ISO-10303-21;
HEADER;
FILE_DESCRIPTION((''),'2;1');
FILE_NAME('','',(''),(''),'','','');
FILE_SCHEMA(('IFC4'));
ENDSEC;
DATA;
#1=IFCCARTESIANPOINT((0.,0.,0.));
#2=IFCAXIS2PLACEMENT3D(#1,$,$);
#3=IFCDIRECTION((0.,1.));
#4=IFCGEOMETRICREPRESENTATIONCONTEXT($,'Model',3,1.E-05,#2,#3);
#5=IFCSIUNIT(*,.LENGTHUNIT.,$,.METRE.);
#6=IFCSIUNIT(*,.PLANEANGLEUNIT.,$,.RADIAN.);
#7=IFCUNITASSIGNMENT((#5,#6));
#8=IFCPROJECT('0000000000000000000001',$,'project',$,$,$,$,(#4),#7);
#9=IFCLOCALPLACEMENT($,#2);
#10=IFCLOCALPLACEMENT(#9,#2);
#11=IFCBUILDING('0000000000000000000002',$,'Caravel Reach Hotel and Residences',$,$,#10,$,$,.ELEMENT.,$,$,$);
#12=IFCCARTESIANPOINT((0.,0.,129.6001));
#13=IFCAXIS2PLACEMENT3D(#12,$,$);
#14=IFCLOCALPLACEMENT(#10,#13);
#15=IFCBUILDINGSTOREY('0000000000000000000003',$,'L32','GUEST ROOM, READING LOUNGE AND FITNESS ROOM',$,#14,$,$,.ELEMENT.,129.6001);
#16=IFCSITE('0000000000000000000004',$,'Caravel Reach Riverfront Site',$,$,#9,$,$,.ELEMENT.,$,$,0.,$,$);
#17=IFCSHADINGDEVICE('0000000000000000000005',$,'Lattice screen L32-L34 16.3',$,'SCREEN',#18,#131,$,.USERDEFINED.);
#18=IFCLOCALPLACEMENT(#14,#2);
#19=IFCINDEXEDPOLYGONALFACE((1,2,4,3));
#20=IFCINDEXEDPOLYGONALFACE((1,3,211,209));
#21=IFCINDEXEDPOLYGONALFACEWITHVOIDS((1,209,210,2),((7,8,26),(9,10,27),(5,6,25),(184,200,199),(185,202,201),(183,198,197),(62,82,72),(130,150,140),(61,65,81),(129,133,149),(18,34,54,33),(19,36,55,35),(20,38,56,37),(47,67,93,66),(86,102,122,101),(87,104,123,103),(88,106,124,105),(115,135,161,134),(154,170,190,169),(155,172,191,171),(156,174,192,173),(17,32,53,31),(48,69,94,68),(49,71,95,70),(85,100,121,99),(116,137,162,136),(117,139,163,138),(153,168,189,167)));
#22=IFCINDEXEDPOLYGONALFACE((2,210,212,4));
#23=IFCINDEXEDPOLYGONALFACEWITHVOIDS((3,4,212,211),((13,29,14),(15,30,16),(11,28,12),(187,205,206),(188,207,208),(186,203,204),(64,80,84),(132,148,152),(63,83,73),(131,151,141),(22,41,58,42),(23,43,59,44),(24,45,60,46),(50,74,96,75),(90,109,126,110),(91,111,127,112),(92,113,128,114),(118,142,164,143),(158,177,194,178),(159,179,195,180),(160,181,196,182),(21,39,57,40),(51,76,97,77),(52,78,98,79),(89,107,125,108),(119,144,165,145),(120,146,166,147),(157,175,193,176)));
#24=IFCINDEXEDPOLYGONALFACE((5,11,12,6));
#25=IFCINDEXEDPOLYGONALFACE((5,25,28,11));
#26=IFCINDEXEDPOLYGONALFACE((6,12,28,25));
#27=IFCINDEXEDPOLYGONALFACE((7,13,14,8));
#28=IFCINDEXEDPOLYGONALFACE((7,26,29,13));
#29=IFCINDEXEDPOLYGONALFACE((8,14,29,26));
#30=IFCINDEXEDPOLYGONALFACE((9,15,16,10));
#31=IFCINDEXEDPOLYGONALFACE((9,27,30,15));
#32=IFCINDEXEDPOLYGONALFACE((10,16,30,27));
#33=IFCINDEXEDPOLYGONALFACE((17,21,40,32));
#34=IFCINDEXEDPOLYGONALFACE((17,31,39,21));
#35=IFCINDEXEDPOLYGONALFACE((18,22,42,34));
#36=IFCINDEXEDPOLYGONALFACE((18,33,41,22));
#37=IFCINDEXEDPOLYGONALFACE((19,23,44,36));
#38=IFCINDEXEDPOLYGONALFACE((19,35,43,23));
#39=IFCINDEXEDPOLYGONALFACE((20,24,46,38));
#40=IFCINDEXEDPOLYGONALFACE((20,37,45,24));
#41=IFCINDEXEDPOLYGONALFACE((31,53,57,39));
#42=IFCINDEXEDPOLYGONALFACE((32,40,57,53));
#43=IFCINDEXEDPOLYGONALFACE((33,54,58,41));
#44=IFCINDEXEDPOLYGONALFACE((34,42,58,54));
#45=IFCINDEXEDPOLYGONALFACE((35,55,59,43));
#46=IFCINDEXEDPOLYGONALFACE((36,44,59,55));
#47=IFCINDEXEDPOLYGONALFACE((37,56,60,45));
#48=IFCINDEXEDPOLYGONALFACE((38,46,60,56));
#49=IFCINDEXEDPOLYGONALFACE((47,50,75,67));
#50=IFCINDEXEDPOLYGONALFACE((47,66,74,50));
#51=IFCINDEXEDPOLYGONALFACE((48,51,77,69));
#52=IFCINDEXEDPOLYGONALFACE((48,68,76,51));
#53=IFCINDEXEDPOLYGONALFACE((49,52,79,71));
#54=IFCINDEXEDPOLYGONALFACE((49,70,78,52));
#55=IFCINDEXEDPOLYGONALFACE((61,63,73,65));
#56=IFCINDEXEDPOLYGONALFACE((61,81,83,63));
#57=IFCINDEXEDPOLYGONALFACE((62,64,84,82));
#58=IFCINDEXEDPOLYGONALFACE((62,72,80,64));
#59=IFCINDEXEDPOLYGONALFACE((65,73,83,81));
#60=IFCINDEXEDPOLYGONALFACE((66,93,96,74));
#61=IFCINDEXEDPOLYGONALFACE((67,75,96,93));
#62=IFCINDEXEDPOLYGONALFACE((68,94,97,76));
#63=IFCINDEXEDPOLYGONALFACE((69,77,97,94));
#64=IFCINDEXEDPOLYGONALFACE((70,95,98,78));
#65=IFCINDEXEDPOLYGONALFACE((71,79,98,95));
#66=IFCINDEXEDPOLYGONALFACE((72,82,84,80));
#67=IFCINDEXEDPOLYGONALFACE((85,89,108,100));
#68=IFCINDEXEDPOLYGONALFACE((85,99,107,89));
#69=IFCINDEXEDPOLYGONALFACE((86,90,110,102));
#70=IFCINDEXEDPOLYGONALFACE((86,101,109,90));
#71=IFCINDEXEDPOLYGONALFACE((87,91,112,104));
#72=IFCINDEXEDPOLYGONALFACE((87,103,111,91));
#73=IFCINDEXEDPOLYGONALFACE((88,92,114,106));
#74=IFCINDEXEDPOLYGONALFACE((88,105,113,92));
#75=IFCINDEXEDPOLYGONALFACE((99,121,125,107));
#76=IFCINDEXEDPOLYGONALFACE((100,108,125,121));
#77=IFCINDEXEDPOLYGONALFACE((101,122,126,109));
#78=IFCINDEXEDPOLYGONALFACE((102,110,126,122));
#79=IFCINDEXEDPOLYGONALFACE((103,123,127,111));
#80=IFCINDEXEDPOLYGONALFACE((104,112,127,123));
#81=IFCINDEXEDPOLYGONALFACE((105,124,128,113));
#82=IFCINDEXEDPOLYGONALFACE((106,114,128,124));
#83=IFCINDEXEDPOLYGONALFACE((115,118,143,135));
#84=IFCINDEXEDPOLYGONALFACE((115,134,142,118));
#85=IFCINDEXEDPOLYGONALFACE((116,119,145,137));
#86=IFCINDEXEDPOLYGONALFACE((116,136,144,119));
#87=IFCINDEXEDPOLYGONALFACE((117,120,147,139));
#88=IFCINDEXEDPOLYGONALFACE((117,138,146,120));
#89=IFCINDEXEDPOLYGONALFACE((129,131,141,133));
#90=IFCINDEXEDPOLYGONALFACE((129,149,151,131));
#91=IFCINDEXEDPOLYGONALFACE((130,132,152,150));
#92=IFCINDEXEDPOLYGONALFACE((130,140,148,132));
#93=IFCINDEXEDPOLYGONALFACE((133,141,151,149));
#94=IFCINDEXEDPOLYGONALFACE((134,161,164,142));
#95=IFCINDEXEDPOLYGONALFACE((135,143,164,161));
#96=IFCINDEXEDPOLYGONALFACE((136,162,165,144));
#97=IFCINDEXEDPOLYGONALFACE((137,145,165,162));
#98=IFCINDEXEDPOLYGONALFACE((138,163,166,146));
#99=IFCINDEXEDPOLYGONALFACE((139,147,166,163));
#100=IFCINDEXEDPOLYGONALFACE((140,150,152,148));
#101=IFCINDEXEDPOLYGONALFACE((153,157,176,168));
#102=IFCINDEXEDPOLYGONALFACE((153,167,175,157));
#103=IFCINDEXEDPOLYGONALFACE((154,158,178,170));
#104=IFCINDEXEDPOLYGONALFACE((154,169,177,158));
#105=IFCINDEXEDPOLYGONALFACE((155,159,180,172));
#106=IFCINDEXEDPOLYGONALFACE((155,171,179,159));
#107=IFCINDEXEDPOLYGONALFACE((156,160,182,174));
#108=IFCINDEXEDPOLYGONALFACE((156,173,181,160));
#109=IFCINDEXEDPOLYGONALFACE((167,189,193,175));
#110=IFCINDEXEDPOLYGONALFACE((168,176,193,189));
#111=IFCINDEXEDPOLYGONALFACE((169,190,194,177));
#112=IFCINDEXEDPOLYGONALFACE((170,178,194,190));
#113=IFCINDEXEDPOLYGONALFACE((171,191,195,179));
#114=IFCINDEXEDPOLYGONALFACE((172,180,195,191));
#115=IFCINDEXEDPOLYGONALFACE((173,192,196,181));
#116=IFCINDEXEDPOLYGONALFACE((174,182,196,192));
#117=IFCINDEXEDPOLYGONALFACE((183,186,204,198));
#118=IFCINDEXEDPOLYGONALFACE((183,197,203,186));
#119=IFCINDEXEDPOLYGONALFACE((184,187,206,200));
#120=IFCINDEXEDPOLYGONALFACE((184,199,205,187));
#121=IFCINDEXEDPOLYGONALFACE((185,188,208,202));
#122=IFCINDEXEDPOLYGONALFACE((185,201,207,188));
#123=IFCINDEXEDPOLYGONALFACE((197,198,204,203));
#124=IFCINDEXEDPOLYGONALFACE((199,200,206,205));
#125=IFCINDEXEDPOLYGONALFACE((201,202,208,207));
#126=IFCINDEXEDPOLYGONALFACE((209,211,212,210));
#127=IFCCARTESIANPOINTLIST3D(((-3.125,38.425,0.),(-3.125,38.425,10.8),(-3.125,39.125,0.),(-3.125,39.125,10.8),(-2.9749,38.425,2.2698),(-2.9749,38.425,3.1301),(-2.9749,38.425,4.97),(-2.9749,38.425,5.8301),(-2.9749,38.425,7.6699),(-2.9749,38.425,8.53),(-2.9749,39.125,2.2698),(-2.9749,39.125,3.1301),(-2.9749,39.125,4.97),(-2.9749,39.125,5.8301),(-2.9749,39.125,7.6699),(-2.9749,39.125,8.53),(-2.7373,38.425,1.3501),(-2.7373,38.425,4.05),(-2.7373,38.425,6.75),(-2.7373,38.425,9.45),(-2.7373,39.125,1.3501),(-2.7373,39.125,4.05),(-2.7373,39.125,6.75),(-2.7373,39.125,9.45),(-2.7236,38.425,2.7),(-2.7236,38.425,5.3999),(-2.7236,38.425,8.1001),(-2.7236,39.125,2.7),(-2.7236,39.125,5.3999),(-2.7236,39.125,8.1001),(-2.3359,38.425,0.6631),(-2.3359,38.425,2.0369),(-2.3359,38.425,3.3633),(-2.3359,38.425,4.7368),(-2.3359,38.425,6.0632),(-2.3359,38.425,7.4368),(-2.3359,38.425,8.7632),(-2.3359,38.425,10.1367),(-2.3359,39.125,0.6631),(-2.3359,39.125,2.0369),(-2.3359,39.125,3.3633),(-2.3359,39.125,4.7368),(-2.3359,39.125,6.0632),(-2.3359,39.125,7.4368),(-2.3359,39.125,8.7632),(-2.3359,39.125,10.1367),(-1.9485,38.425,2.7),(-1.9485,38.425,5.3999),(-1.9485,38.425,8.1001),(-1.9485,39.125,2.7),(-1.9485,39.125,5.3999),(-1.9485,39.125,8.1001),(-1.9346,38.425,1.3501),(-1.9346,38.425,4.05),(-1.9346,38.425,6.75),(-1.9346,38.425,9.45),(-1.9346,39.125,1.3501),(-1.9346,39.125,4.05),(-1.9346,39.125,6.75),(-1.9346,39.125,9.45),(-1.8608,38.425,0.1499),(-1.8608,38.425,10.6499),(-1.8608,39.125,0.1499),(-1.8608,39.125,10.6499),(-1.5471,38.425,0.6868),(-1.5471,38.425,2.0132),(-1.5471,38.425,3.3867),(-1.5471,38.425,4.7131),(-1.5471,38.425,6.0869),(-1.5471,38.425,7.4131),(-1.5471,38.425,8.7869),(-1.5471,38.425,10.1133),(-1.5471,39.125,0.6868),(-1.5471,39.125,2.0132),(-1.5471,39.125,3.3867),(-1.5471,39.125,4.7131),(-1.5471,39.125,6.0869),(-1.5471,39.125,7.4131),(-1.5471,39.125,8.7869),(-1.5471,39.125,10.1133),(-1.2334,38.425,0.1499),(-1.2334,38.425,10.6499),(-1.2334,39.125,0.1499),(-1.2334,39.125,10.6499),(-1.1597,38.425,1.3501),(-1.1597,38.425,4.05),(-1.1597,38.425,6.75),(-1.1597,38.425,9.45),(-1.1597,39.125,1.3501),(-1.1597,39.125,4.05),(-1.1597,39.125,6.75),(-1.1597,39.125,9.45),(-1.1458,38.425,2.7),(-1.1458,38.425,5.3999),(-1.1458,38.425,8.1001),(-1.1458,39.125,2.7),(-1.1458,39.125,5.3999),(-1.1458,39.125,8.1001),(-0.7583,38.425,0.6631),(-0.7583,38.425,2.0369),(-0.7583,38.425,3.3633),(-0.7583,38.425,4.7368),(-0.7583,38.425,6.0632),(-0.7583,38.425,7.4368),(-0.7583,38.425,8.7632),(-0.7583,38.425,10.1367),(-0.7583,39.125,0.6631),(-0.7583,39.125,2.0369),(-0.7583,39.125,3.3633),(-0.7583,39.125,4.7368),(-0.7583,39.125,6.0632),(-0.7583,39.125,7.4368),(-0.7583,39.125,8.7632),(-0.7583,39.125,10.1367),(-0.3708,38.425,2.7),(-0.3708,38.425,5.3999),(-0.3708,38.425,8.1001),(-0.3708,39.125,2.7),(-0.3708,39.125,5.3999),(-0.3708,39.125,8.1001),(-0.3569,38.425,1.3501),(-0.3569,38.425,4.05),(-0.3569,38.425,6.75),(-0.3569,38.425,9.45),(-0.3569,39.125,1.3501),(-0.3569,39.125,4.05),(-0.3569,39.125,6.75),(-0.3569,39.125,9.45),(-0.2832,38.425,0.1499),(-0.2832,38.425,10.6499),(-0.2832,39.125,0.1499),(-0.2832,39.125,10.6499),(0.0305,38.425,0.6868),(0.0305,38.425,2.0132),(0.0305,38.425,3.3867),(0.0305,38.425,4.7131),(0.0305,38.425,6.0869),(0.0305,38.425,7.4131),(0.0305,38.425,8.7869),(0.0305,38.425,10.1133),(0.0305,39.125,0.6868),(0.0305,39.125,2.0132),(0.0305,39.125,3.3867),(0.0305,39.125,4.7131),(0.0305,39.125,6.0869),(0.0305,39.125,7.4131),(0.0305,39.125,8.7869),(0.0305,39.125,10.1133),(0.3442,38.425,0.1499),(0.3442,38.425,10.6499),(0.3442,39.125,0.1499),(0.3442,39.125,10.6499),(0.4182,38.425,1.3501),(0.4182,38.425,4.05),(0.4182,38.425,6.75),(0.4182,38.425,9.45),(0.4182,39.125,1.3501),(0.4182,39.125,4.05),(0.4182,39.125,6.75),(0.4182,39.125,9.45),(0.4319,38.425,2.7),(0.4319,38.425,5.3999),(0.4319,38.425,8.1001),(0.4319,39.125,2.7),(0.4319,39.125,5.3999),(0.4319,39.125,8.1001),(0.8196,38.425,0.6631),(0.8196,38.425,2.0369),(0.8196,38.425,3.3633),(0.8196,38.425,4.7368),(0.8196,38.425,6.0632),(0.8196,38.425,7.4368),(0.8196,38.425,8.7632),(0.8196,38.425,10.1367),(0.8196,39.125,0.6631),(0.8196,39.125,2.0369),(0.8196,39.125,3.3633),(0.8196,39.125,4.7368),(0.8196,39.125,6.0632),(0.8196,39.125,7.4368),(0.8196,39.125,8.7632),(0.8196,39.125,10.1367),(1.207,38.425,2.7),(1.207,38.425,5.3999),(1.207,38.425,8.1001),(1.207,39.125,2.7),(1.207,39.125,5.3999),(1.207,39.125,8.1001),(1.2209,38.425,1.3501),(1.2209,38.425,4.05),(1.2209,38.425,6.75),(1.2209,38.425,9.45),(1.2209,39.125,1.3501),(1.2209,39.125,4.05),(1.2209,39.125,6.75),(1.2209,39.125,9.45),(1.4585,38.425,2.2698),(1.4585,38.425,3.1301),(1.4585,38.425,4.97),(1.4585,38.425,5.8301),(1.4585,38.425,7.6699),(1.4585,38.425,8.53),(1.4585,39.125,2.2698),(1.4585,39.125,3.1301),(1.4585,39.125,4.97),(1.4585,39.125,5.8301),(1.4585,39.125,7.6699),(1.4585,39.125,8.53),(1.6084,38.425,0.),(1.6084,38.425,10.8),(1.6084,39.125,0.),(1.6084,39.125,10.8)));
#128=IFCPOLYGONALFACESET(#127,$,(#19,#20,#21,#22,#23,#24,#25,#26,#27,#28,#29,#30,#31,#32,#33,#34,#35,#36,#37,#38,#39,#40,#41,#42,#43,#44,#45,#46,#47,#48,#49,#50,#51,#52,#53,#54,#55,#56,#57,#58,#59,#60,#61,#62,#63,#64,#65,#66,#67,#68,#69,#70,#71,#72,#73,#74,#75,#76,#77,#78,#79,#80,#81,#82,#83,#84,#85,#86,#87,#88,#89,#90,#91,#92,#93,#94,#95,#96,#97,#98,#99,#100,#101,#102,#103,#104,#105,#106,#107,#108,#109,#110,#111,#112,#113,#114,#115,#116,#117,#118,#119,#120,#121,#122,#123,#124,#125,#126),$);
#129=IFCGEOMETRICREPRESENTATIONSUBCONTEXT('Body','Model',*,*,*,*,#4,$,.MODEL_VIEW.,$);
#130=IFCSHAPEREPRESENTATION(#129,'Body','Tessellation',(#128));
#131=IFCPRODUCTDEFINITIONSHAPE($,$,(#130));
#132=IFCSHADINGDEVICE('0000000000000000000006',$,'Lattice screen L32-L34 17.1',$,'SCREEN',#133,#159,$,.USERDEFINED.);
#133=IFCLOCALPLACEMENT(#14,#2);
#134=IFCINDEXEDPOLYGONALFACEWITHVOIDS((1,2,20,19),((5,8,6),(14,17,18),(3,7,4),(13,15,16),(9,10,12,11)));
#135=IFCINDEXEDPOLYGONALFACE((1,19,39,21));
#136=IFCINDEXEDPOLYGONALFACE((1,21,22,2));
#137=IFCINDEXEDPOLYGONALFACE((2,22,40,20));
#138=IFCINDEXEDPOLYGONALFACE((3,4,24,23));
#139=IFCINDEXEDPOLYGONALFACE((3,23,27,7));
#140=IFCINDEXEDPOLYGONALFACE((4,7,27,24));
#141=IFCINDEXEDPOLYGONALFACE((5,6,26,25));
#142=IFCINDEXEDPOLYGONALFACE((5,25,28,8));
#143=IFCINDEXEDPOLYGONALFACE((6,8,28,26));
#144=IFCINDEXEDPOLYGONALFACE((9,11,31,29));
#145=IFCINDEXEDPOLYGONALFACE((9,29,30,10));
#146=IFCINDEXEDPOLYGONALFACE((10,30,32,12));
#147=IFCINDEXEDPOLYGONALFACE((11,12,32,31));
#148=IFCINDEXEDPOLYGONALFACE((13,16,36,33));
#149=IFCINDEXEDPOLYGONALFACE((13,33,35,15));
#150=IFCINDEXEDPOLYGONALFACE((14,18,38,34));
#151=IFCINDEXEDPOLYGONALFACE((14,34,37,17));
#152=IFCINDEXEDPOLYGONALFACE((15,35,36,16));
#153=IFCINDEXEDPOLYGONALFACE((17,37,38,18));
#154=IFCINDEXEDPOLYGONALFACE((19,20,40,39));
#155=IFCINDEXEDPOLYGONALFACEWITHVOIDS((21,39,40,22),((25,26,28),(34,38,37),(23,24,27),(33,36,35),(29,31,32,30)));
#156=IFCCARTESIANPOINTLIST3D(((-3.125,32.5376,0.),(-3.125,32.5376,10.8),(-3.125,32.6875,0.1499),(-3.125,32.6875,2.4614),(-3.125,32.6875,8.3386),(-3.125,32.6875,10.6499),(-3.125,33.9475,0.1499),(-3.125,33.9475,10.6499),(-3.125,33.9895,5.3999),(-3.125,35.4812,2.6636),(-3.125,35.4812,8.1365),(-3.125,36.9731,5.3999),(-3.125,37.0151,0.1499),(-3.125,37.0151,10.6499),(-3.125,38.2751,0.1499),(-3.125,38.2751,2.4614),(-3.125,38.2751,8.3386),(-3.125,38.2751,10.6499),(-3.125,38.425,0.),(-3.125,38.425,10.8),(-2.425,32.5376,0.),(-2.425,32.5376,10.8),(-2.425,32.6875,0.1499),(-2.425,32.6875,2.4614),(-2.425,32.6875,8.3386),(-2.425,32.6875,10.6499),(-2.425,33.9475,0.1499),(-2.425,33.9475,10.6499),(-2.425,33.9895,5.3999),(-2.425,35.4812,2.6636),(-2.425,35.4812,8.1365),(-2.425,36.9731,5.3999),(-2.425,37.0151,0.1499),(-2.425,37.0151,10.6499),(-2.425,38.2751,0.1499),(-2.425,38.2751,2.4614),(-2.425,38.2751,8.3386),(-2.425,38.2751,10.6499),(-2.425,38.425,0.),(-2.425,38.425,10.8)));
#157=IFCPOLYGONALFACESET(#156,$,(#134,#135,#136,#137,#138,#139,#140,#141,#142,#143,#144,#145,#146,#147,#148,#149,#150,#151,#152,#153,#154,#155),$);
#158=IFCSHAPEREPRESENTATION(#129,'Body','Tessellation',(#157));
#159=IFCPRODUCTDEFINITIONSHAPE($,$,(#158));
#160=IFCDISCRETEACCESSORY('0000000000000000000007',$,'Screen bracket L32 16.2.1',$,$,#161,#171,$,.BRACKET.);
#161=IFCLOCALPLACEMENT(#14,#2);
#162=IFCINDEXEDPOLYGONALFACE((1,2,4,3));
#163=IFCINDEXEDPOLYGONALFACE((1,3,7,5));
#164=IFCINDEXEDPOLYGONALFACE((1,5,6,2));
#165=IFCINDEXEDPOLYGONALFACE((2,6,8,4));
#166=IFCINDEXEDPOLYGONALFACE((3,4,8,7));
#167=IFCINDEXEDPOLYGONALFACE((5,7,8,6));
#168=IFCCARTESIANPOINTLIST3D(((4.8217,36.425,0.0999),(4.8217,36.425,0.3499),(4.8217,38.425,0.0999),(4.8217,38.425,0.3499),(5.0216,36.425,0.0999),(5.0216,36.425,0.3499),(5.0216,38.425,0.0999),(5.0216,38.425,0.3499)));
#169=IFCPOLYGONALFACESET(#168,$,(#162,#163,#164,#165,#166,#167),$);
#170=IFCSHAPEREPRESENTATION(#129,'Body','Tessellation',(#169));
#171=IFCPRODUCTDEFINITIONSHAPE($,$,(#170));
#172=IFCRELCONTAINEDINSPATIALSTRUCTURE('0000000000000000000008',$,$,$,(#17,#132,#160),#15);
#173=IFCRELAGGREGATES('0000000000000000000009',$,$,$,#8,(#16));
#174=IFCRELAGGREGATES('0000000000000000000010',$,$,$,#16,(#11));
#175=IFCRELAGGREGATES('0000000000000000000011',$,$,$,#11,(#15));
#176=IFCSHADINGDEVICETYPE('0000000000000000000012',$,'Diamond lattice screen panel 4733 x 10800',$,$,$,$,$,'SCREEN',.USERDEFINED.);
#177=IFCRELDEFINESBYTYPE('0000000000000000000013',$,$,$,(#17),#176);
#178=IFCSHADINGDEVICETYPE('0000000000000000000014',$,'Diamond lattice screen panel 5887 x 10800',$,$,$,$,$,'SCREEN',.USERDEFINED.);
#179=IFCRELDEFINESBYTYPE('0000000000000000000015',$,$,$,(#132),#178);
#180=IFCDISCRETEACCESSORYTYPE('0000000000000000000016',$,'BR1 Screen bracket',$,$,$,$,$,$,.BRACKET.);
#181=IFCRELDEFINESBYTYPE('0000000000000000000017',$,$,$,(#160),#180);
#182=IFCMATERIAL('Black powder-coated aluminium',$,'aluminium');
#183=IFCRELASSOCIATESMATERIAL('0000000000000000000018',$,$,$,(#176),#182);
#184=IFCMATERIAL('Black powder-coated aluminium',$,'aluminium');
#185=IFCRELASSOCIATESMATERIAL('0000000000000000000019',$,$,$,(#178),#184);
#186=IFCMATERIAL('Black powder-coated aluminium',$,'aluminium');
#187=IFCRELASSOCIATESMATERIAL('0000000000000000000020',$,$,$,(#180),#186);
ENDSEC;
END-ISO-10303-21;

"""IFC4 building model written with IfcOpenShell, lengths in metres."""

from ifc_helpers import new_model, si_unit, direction, frame, origin, origin_2d, place, context, subcontext, project, spatial, polyline, rectangle, outline, extrude, material, type_object, element, save


model = new_model("IFC4")

# Units and contexts
model_context = context("Model", 3, precision=1e-05, world=origin(), true_north=direction((0.0, 1.0)))
body_context = subcontext(model_context, "Body", "Model", "MODEL_VIEW")
ifc_project = project(units=[si_unit("LENGTHUNIT", "METRE"), si_unit("PLANEANGLEUNIT", "RADIAN")], contexts=[model_context])

# Site, building, storey
site_placement = place(None, origin())
site = spatial("IfcSite", under=ifc_project, at=site_placement, Name="Caravel Reach Riverfront Site", CompositionType="ELEMENT", RefElevation=0.0)
building_placement = place(site_placement, origin())
building = spatial("IfcBuilding", under=site, at=building_placement, Name="Caravel Reach Hotel and Residences", CompositionType="ELEMENT")
storey_placement = place(building_placement, frame((0.0, 0.0, 129.6001)))
storey = spatial("IfcBuildingStorey", under=building, at=storey_placement, Name="L32", Description="GUEST ROOM, READING LOUNGE AND FITNESS ROOM", CompositionType="ELEMENT", Elevation=129.6001)

# Shading devices
ifc_material_1 = material(Name="Black powder-coated aluminium", Category="aluminium")
shading_device_type_1 = type_object("IfcShadingDeviceType", Name="Diamond lattice screen panel 4733 x 10800", ElementType="SCREEN", PredefinedType="USERDEFINED", material=ifc_material_1)
shading_device_1_placement = place(storey_placement, frame((1.6084, 38.425, 0.0), z_axis=(0.0, 1.0, 0.0), x_axis=(-1.0, 0.0, 0.0)))
element("IfcShadingDevice", 1, at=shading_device_1_placement, inside=storey, type_object=shading_device_type_1, Name="Lattice screen L32-L34 16.3", ObjectType="SCREEN", PredefinedType="USERDEFINED", context=body_context, shape_type="SweptSolid", body=[
    extrude(outline(polyline([(0.0, 0.0), (4.7334, 0.0), (4.7334, 10.8), (0.0, 10.8), (0.0, 0.0)]), holes=[polyline([(0.4014, 2.7), (0.1499, 3.1301), (0.1499, 2.2698), (0.4014, 2.7)]), polyline([(0.4014, 5.3999), (0.1499, 5.8301), (0.1499, 4.97), (0.4014, 5.3999)]), polyline([(0.4014, 8.1001), (0.1499, 8.53), (0.1499, 7.6699), (0.4014, 8.1001)]), polyline([(0.7888, 2.0369), (0.3875, 1.3501), (0.7888, 0.6631), (1.1902, 1.3501), (0.7888, 2.0369)]), polyline([(0.7888, 4.7368), (0.3875, 4.05), (0.7888, 3.3633), (1.1902, 4.05), (0.7888, 4.7368)]), polyline([(0.7888, 7.4368), (0.3875, 6.75), (0.7888, 6.0632), (1.1902, 6.75), (0.7888, 7.4368)]), polyline([(0.7888, 10.1367), (0.3875, 9.45), (0.7888, 8.7632), (1.1902, 9.45), (0.7888, 10.1367)]), polyline([(1.5779, 0.6868), (1.2642, 0.1499), (1.8916, 0.1499), (1.5779, 0.6868)]), polyline([(1.5779, 3.3867), (1.1765, 2.7), (1.5779, 2.0132), (1.9792, 2.7), (1.5779, 3.3867)]), polyline([(1.5779, 6.0869), (1.1765, 5.3999), (1.5779, 4.7131), (1.9792, 5.3999), (1.5779, 6.0869)]), polyline([(1.5779, 8.7869), (1.1765, 8.1001), (1.5779, 7.4131), (1.9792, 8.1001), (1.5779, 8.7869)]), polyline([(1.5779, 10.1133), (1.8916, 10.6499), (1.2642, 10.6499), (1.5779, 10.1133)]), polyline([(2.3667, 2.0369), (1.9653, 1.3501), (2.3667, 0.6631), (2.7681, 1.3501), (2.3667, 2.0369)]), polyline([(2.3667, 4.7368), (1.9653, 4.05), (2.3667, 3.3633), (2.7681, 4.05), (2.3667, 4.7368)]), polyline([(2.3667, 7.4368), (1.9653, 6.75), (2.3667, 6.0632), (2.7681, 6.75), (2.3667, 7.4368)]), polyline([(2.3667, 10.1367), (1.9653, 9.45), (2.3667, 8.7632), (2.7681, 9.45), (2.3667, 10.1367)]), polyline([(3.1555, 0.6868), (2.8418, 0.1499), (3.4692, 0.1499), (3.1555, 0.6868)]), polyline([(3.1555, 3.3867), (2.7542, 2.7), (3.1555, 2.0132), (3.5569, 2.7), (3.1555, 3.3867)]), polyline([(3.1555, 6.0869), (2.7542, 5.3999), (3.1555, 4.7131), (3.5569, 5.3999), (3.1555, 6.0869)]), polyline([(3.1555, 8.7869), (2.7542, 8.1001), (3.1555, 7.4131), (3.5569, 8.1001), (3.1555, 8.7869)]), polyline([(3.1555, 10.1133), (3.4692, 10.6499), (2.8418, 10.6499), (3.1555, 10.1133)]), polyline([(3.9443, 2.0369), (3.543, 1.3501), (3.9443, 0.6631), (4.3457, 1.3501), (3.9443, 2.0369)]), polyline([(3.9443, 4.7368), (3.543, 4.05), (3.9443, 3.3633), (4.3457, 4.05), (3.9443, 4.7368)]), polyline([(3.9443, 7.4368), (3.543, 6.75), (3.9443, 6.0632), (4.3457, 6.75), (3.9443, 7.4368)]), polyline([(3.9443, 10.1367), (3.543, 9.45), (3.9443, 8.7632), (4.3457, 9.45), (3.9443, 10.1367)]), polyline([(4.332, 2.7), (4.5833, 2.2698), (4.5833, 3.1301), (4.332, 2.7)]), polyline([(4.332, 5.3999), (4.5833, 4.97), (4.5833, 5.8301), (4.332, 5.3999)]), polyline([(4.332, 8.1001), (4.5833, 7.6699), (4.5833, 8.53), (4.332, 8.1001)])]), origin(), (0.0, 0.0, 1.0), 0.7),
])
ifc_material_2 = material(Name="Black powder-coated aluminium", Category="aluminium")
shading_device_type_2 = type_object("IfcShadingDeviceType", Name="Diamond lattice screen panel 5887 x 10800", ElementType="SCREEN", PredefinedType="USERDEFINED", material=ifc_material_2)
shading_device_2_placement = place(storey_placement, frame((-2.425, 38.425, 0.0), z_axis=(-1.0, 0.0, 0.0), x_axis=(0.0, -1.0, 0.0)))
element("IfcShadingDevice", 2, at=shading_device_2_placement, inside=storey, type_object=shading_device_type_2, Name="Lattice screen L32-L34 17.1", ObjectType="SCREEN", PredefinedType="USERDEFINED", context=body_context, shape_type="SweptSolid", body=[
    extrude(outline(polyline([(0.0, 0.0), (5.8875, 0.0), (5.8875, 10.8), (0.0, 10.8), (0.0, 0.0)]), holes=[polyline([(1.4099, 0.1499), (0.1499, 2.4614), (0.1499, 0.1499), (1.4099, 0.1499)]), polyline([(0.1499, 8.3386), (1.4099, 10.6499), (0.1499, 10.6499), (0.1499, 8.3386)]), polyline([(2.9438, 8.1365), (1.4519, 5.3999), (2.9438, 2.6636), (4.4355, 5.3999), (2.9438, 8.1365)]), polyline([(5.7375, 2.4614), (4.4775, 0.1499), (5.7375, 0.1499), (5.7375, 2.4614)]), polyline([(4.4775, 10.6499), (5.7375, 8.3386), (5.7375, 10.6499), (4.4775, 10.6499)])]), origin(), (0.0, 0.0, 1.0), 0.7),
])

# Discrete accessory
ifc_material_3 = material(Name="Black powder-coated aluminium", Category="aluminium")
discrete_accessory_type = type_object("IfcDiscreteAccessoryType", Name="BR1 Screen bracket", PredefinedType="BRACKET", material=ifc_material_3)
discrete_accessory_placement = place(storey_placement, frame((4.9216, 37.425, 0.0999), z_axis=(0.0, 0.0, 1.0), x_axis=(0.0, 1.0, 0.0)))
element("IfcDiscreteAccessory", 3, at=discrete_accessory_placement, inside=storey, type_object=discrete_accessory_type, Name="Screen bracket L32 16.2.1", PredefinedType="BRACKET", context=body_context, shape_type="SweptSolid", body=[
    extrude(rectangle(XDim=2.0, YDim=0.2, at=origin_2d()), origin(), (0.0, 0.0, 1.0), 0.25),
])

save(model, "model.ifc")
